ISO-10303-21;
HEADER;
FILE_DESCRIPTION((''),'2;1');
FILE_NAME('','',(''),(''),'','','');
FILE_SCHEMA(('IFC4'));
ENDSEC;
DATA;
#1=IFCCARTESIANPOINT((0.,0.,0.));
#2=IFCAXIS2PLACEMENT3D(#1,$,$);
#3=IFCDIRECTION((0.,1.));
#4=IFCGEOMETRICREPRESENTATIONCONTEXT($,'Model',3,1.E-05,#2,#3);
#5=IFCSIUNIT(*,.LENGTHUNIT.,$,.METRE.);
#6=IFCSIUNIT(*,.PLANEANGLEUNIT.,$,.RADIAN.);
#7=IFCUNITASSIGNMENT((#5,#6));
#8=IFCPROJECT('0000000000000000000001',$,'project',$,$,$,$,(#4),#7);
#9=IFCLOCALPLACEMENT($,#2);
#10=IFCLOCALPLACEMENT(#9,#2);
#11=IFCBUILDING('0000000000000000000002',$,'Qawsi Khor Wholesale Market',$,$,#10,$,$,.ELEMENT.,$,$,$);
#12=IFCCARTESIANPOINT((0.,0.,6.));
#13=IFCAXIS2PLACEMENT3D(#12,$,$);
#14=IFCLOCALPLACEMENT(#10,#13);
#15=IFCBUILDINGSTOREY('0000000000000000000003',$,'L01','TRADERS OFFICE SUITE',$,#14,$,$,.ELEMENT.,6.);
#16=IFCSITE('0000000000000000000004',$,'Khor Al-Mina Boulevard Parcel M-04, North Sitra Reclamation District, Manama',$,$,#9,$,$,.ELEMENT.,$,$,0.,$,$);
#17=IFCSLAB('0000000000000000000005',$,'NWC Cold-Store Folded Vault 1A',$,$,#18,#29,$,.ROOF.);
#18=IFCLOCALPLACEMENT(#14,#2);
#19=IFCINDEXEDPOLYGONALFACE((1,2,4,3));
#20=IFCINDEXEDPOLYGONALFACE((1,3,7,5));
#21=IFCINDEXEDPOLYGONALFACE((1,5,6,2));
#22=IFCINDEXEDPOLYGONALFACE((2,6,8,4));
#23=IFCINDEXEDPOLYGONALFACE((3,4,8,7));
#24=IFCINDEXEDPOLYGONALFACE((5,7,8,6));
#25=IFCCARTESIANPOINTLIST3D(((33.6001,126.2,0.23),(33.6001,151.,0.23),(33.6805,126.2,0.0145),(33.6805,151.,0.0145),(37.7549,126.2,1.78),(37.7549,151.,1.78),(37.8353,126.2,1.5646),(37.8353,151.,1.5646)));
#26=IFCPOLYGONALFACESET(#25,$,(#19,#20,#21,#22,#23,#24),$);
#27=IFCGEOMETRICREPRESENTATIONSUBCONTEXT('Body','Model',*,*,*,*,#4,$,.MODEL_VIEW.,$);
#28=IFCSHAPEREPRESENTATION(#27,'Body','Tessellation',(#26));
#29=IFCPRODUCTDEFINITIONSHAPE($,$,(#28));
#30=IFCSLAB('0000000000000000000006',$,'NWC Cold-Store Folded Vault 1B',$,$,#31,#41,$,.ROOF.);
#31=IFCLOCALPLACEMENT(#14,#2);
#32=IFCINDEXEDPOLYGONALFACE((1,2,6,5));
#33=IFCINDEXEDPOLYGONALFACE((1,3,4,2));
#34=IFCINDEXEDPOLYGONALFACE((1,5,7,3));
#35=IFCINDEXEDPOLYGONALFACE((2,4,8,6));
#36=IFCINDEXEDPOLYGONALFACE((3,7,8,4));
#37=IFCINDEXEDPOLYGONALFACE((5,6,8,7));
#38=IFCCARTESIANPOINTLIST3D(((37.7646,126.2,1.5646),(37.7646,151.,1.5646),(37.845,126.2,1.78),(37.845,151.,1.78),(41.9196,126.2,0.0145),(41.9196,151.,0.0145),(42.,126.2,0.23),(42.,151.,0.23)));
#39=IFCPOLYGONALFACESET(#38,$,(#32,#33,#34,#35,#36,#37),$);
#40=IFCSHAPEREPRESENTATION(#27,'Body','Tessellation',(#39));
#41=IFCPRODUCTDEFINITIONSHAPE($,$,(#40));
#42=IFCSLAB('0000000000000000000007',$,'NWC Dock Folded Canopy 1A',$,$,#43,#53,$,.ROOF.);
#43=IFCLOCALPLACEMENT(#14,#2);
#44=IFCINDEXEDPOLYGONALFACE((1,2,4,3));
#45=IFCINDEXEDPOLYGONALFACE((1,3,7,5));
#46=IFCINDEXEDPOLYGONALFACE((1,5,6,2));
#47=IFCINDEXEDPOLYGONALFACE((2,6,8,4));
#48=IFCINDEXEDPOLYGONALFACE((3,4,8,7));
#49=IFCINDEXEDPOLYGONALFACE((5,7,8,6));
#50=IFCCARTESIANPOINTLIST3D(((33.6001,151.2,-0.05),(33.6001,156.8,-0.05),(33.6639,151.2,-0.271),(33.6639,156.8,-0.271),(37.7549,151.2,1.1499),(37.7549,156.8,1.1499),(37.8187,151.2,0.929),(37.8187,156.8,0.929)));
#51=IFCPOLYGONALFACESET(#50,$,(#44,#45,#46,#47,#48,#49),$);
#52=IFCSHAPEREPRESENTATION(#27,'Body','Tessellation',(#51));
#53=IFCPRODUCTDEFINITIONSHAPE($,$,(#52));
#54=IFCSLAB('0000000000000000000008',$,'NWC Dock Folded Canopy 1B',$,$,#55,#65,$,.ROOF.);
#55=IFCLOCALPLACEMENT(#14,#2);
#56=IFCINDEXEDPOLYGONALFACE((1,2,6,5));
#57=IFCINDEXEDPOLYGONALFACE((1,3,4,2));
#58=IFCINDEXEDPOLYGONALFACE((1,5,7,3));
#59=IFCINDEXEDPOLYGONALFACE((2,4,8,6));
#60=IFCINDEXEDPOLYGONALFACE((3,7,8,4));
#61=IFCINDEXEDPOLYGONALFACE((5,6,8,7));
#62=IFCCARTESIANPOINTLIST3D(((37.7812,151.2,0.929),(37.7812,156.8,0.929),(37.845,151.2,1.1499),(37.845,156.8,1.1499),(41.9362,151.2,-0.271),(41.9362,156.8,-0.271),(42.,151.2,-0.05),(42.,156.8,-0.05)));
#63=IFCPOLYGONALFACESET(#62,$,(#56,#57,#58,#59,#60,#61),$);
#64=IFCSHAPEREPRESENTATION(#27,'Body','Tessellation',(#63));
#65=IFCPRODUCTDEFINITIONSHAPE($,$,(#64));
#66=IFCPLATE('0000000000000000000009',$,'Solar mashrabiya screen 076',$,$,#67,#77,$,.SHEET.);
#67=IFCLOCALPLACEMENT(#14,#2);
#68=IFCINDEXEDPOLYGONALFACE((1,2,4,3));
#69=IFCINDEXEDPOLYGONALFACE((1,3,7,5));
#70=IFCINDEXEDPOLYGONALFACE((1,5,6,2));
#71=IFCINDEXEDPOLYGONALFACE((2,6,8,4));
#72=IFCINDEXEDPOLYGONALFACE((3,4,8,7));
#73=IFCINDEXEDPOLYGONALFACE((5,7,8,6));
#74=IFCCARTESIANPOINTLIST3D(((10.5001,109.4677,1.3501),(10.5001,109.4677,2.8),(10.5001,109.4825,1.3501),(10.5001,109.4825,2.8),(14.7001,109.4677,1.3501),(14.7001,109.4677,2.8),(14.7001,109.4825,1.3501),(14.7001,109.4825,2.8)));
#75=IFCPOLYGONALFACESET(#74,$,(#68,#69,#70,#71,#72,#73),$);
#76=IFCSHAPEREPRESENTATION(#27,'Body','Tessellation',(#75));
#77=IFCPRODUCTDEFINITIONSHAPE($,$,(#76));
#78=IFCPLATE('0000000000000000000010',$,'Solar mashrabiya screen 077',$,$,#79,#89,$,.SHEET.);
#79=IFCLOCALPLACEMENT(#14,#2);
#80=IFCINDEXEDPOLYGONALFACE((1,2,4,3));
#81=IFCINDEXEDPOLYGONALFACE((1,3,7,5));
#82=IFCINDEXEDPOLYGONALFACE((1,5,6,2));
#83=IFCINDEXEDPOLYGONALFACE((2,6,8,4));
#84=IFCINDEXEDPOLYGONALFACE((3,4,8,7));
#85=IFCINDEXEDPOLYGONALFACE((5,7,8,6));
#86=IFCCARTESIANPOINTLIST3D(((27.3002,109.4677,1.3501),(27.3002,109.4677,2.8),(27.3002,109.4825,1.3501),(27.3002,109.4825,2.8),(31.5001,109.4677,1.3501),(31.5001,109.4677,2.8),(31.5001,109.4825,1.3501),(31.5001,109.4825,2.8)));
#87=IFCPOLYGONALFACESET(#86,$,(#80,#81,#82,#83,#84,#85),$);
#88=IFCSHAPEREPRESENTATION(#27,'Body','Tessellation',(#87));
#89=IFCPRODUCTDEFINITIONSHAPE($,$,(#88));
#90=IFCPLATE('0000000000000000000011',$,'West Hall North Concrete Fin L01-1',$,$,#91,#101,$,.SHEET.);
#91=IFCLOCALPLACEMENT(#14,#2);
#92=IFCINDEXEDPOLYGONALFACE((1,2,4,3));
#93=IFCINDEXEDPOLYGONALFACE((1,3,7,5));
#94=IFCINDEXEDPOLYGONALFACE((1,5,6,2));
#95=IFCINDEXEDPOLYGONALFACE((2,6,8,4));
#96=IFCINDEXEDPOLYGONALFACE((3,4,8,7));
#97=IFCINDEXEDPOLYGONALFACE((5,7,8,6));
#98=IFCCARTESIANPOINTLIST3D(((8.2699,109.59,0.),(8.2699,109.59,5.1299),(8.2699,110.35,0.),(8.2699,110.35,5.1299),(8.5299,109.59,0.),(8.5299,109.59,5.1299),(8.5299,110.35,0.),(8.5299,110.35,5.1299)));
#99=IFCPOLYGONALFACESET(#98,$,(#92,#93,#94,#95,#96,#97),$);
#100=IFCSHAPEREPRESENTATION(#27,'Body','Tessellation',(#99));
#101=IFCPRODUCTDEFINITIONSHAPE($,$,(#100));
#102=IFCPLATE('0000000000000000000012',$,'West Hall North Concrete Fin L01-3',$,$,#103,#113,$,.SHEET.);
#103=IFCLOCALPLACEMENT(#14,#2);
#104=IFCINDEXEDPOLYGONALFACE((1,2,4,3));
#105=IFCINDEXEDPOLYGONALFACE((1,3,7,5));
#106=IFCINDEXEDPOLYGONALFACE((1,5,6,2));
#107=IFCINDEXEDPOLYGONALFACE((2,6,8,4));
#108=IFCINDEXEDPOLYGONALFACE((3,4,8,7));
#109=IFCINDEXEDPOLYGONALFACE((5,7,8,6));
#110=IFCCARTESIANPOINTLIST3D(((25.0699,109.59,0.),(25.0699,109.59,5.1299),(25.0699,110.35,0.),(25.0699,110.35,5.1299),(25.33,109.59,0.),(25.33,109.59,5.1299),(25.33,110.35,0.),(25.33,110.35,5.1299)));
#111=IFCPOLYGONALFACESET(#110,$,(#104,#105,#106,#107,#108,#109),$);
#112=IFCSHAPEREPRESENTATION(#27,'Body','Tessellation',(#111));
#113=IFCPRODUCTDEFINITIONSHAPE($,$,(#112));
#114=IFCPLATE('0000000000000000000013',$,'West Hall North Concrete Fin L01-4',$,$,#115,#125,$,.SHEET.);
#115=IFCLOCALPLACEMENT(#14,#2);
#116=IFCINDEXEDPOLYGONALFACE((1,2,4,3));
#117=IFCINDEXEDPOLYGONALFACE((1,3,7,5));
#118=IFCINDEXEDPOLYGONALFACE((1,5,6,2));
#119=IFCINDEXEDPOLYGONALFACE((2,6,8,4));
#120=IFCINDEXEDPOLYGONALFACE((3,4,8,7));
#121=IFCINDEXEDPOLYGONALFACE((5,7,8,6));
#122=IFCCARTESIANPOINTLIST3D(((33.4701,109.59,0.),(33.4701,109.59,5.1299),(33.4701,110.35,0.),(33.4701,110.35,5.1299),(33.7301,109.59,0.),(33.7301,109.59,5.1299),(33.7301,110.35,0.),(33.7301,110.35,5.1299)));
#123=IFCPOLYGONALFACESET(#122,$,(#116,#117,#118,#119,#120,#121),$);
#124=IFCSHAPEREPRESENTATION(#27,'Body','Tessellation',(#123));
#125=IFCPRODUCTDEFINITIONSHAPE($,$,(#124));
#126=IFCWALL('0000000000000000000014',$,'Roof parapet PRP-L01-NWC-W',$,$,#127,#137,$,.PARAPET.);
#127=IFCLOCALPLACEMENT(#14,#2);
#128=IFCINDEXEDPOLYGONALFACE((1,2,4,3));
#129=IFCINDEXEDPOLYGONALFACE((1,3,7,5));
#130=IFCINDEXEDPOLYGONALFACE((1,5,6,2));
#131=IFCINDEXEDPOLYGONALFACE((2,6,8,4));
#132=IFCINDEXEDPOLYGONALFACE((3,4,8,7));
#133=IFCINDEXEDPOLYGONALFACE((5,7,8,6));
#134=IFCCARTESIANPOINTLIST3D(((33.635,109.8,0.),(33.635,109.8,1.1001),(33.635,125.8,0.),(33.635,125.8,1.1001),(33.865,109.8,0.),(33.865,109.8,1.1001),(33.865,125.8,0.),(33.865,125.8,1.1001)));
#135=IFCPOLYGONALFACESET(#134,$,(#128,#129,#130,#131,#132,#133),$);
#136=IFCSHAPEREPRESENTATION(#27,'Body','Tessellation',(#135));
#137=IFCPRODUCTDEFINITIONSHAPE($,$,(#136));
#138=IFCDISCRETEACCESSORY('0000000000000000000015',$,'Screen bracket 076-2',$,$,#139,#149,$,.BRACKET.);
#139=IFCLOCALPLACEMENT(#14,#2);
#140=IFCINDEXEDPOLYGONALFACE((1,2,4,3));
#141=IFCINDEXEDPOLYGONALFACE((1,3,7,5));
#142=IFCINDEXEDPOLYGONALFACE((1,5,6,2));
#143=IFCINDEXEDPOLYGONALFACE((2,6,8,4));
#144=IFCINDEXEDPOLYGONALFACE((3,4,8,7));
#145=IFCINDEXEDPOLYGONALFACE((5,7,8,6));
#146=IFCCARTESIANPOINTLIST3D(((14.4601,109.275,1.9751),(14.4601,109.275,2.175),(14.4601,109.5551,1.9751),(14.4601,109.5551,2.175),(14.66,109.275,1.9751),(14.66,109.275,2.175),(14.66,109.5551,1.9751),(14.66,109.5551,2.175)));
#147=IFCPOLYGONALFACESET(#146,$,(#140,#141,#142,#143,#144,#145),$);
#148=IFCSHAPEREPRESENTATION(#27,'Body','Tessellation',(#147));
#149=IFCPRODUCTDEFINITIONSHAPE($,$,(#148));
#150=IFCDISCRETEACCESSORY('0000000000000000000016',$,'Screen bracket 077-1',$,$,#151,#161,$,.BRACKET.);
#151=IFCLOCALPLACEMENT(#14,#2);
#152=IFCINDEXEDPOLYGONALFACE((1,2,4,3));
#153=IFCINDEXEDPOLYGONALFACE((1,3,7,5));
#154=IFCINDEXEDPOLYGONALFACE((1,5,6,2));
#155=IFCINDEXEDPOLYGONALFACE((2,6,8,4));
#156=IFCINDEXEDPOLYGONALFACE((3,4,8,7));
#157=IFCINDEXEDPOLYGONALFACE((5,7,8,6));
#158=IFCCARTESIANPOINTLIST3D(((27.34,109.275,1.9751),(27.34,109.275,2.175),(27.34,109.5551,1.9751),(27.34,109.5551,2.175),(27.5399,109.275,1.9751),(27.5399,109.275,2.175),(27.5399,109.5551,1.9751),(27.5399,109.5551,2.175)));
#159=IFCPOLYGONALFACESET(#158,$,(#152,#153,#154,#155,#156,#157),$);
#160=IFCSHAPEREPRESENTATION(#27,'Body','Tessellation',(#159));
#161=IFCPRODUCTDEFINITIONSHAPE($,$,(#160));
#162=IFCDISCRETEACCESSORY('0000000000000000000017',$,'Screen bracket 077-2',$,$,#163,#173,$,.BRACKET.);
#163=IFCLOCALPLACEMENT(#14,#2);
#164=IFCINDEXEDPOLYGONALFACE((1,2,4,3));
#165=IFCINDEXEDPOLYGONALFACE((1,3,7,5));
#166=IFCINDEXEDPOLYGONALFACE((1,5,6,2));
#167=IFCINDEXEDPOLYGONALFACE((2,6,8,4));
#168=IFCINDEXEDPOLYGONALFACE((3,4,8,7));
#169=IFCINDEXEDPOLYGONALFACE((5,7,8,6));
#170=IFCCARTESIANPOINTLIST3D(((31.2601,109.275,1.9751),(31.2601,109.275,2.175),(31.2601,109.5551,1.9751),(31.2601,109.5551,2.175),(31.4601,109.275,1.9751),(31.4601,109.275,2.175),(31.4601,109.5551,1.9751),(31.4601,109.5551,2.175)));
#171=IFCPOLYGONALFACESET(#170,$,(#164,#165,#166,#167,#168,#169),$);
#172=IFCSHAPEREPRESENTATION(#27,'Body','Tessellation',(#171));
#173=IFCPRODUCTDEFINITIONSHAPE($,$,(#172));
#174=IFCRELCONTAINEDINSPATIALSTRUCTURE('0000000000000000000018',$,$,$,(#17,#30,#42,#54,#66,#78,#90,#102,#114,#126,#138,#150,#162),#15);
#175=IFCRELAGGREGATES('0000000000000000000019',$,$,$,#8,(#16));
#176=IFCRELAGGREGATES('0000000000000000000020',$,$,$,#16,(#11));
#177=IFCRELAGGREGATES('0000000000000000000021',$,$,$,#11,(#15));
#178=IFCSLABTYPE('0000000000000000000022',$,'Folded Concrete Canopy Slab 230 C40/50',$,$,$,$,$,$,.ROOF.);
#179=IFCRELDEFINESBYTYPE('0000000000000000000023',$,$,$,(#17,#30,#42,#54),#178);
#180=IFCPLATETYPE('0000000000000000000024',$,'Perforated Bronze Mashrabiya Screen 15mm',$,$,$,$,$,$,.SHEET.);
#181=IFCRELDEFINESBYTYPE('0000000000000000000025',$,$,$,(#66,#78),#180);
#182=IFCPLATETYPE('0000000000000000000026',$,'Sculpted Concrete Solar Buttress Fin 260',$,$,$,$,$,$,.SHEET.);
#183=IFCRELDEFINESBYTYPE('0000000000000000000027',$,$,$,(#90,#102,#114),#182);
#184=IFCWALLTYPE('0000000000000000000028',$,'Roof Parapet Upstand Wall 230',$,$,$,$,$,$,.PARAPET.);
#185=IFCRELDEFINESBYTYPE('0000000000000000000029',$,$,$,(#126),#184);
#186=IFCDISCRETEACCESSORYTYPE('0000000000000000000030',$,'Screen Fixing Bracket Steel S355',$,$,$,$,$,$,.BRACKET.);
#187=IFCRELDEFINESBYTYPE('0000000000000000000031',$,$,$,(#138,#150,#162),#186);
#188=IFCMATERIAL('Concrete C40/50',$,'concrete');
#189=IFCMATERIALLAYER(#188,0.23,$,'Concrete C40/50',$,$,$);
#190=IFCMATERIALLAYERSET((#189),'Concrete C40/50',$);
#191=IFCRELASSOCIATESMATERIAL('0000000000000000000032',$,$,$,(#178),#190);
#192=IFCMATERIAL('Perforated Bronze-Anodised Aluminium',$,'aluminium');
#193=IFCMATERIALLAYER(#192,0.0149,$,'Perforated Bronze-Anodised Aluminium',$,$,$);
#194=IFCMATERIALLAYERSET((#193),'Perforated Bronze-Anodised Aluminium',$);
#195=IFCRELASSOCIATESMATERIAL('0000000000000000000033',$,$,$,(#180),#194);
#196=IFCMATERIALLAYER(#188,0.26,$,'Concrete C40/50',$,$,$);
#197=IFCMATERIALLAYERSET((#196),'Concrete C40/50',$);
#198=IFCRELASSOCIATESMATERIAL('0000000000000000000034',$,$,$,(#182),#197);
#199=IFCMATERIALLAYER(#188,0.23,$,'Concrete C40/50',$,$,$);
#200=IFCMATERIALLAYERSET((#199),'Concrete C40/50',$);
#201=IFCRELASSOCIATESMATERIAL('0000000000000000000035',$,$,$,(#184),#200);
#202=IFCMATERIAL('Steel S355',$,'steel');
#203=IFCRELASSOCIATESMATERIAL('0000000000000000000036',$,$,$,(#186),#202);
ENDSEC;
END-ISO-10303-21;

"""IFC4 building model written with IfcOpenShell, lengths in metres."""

from ifc_helpers import new_model, si_unit, direction, frame, frame_2d, origin, origin_2d, place, context, subcontext, project, spatial, polyline, rectangle, outline, extrude, material, layer, layer_set, type_object, element, save


model = new_model("IFC4")

# Units and contexts
model_context = context("Model", 3, precision=1e-05, world=origin(), true_north=direction((0.0, 1.0)))
body_context = subcontext(model_context, "Body", "Model", "MODEL_VIEW")
ifc_project = project(units=[si_unit("LENGTHUNIT", "METRE"), si_unit("PLANEANGLEUNIT", "RADIAN")], contexts=[model_context])

# Site, building, storey
site_placement = place(None, origin())
site = spatial("IfcSite", under=ifc_project, at=site_placement, Name="Khor Al-Mina Boulevard Parcel M-04, North Sitra Reclamation District, Manama", CompositionType="ELEMENT", RefElevation=0.0)
building_placement = place(site_placement, origin())
building = spatial("IfcBuilding", under=site, at=building_placement, Name="Qawsi Khor Wholesale Market", CompositionType="ELEMENT")
storey_placement = place(building_placement, frame((0.0, 0.0, 6.0)))
storey = spatial("IfcBuildingStorey", under=building, at=storey_placement, Name="L01", Description="TRADERS OFFICE SUITE", CompositionType="ELEMENT", Elevation=6.0)

# Shared definitions
ifc_material_1 = material(Name="Steel S355", Category="steel")

# Slabs
ifc_material_2 = material(Name="Concrete C40/50", Category="concrete")
ifc_layer_1 = layer(ifc_material_2, 0.23, Name="Concrete C40/50")
ifc_layer_set_1 = layer_set([ifc_layer_1], Name="Concrete C40/50")
slab_type = type_object("IfcSlabType", Name="Folded Concrete Canopy Slab 230 C40/50", PredefinedType="ROOF", material=ifc_layer_set_1)
slab_1_placement = place(storey_placement, frame((33.6001, 126.2, 0.23), z_axis=(-0.349542, 0.0, 0.936921), x_axis=(0.936921, 0.0, 0.349542)))
element("IfcSlab", 1, at=slab_1_placement, inside=storey, type_object=slab_type, Name="NWC Cold-Store Folded Vault 1A", PredefinedType="ROOF", context=body_context, shape_type="SweptSolid", body=[
    extrude(outline(polyline([(0.0, 0.0), (4.4345, 0.0), (4.4345, 24.8), (0.0, 24.8), (0.0, 0.0)])), origin(), (0.0, 0.0, -1.0), 0.23),
])
slab_2_placement = place(storey_placement, frame((37.845, 126.2, 1.78), z_axis=(0.349524, 0.0, 0.936927), x_axis=(0.936927, 0.0, -0.349524)))
element("IfcSlab", 2, at=slab_2_placement, inside=storey, type_object=slab_type, Name="NWC Cold-Store Folded Vault 1B", PredefinedType="ROOF", context=body_context, shape_type="SweptSolid", body=[
    extrude(outline(polyline([(0.0, 0.0), (4.4347, 0.0), (4.4347, 24.8), (0.0, 24.8), (0.0, 0.0)])), origin(), (0.0, 0.0, -1.0), 0.23),
])
slab_3_placement = place(storey_placement, frame((33.6001, 151.2, -0.05), z_axis=(-0.277471, 0.0, 0.960734), x_axis=(0.960734, 0.0, 0.277471)))
element("IfcSlab", 3, at=slab_3_placement, inside=storey, type_object=slab_type, Name="NWC Dock Folded Canopy 1A", PredefinedType="ROOF", context=body_context, shape_type="SweptSolid", body=[
    extrude(outline(polyline([(0.0, 0.0), (4.3246, 0.0), (4.3246, 5.6001), (0.0, 5.6001), (0.0, 0.0)])), origin(), (0.0, 0.0, -1.0), 0.23),
])
slab_4_placement = place(storey_placement, frame((37.845, 151.2, 1.1499), z_axis=(0.277456, 0.0, 0.960738), x_axis=(0.960738, 0.0, -0.277456)))
element("IfcSlab", 4, at=slab_4_placement, inside=storey, type_object=slab_type, Name="NWC Dock Folded Canopy 1B", PredefinedType="ROOF", context=body_context, shape_type="SweptSolid", body=[
    extrude(outline(polyline([(0.0, 0.0), (4.3248, 0.0), (4.3248, 5.6001), (0.0, 5.6001), (0.0, 0.0)])), origin(), (0.0, 0.0, -1.0), 0.23),
])

# Plates
ifc_material_3 = material(Name="Perforated Bronze-Anodised Aluminium", Category="aluminium")
ifc_layer_2 = layer(ifc_material_3, 0.0149, Name="Perforated Bronze-Anodised Aluminium")
ifc_layer_set_2 = layer_set([ifc_layer_2], Name="Perforated Bronze-Anodised Aluminium")
plate_type_1 = type_object("IfcPlateType", Name="Perforated Bronze Mashrabiya Screen 15mm", PredefinedType="SHEET", material=ifc_layer_set_2)
for number, where, z_axis, x_axis, name in (
    (5, (10.5, 109.4751, 1.3501), (0.0, 0.0, 1.0), (1.0, 0.0, 0.0), "Solar mashrabiya screen 076"),
    (6, (27.3, 109.4751, 1.3501), (0.0, 0.0, 1.0), (1.0, 0.0, 0.0), "Solar mashrabiya screen 077"),
):
    element("IfcPlate", number, at=place(storey_placement, frame(where, z_axis=z_axis, x_axis=x_axis)), inside=storey, type_object=plate_type_1, Name=name, PredefinedType="SHEET", context=body_context, shape_type="SweptSolid", body=[
        extrude(rectangle(XDim=4.2, YDim=0.0149, at=frame_2d((2.1001, 0.0))), origin(), (0.0, 0.0, 1.0), 1.45),
    ])
ifc_layer_3 = layer(ifc_material_2, 0.26, Name="Concrete C40/50")
ifc_layer_set_3 = layer_set([ifc_layer_3], Name="Concrete C40/50")
plate_type_2 = type_object("IfcPlateType", Name="Sculpted Concrete Solar Buttress Fin 260", PredefinedType="SHEET", material=ifc_layer_set_3)
for number, where, z_axis, x_axis, name in (
    (7, (8.3999, 109.5901, 0.0), (0.0, 0.0, 1.0), (0.0, 1.0, 0.0), "West Hall North Concrete Fin L01-1"),
    (8, (25.2, 109.5901, 0.0), (0.0, 0.0, 1.0), (0.0, 1.0, 0.0), "West Hall North Concrete Fin L01-3"),
    (9, (33.6001, 109.5901, 0.0), (0.0, 0.0, 1.0), (0.0, 1.0, 0.0), "West Hall North Concrete Fin L01-4"),
):
    element("IfcPlate", number, at=place(storey_placement, frame(where, z_axis=z_axis, x_axis=x_axis)), inside=storey, type_object=plate_type_2, Name=name, PredefinedType="SHEET", context=body_context, shape_type="SweptSolid", body=[
        extrude(rectangle(XDim=0.76, YDim=0.26, at=frame_2d((0.3799, 0.0))), origin(), (0.0, 0.0, 1.0), 5.1299),
    ])

# Wall
ifc_layer_4 = layer(ifc_material_2, 0.23, Name="Concrete C40/50")
ifc_layer_set_4 = layer_set([ifc_layer_4], Name="Concrete C40/50")
wall_type = type_object("IfcWallType", Name="Roof Parapet Upstand Wall 230", PredefinedType="PARAPET", material=ifc_layer_set_4)
wall_placement = place(storey_placement, frame((33.75, 109.8, 0.0), z_axis=(0.0, 0.0, 1.0), x_axis=(0.0, 1.0, 0.0)))
element("IfcWall", 10, at=wall_placement, inside=storey, type_object=wall_type, Name="Roof parapet PRP-L01-NWC-W", PredefinedType="PARAPET", context=body_context, shape_type="SweptSolid", body=[
    extrude(rectangle(XDim=16.0, YDim=0.23, at=frame_2d((8.0, 0.0))), origin(), (0.0, 0.0, 1.0), 1.1001),
])

# Discrete accessories
discrete_accessory_type = type_object("IfcDiscreteAccessoryType", Name="Screen Fixing Bracket Steel S355", PredefinedType="BRACKET", material=ifc_material_1)
for number, where, z_axis, x_axis, name in (
    (11, (14.5601, 109.415, 1.9751), (0.0, 0.0, 1.0), (1.0, 0.0, 0.0), "Screen bracket 076-2"),
    (12, (27.4399, 109.415, 1.9751), (0.0, 0.0, 1.0), (1.0, 0.0, 0.0), "Screen bracket 077-1"),
    (13, (31.3601, 109.415, 1.9751), (0.0, 0.0, 1.0), (1.0, 0.0, 0.0), "Screen bracket 077-2"),
):
    element("IfcDiscreteAccessory", number, at=place(storey_placement, frame(where, z_axis=z_axis, x_axis=x_axis)), inside=storey, type_object=discrete_accessory_type, Name=name, PredefinedType="BRACKET", context=body_context, shape_type="SweptSolid", body=[
        extrude(rectangle(XDim=0.2, YDim=0.28, at=origin_2d()), origin(), (0.0, 0.0, 1.0), 0.2),
    ])

save(model, "model.ifc")
